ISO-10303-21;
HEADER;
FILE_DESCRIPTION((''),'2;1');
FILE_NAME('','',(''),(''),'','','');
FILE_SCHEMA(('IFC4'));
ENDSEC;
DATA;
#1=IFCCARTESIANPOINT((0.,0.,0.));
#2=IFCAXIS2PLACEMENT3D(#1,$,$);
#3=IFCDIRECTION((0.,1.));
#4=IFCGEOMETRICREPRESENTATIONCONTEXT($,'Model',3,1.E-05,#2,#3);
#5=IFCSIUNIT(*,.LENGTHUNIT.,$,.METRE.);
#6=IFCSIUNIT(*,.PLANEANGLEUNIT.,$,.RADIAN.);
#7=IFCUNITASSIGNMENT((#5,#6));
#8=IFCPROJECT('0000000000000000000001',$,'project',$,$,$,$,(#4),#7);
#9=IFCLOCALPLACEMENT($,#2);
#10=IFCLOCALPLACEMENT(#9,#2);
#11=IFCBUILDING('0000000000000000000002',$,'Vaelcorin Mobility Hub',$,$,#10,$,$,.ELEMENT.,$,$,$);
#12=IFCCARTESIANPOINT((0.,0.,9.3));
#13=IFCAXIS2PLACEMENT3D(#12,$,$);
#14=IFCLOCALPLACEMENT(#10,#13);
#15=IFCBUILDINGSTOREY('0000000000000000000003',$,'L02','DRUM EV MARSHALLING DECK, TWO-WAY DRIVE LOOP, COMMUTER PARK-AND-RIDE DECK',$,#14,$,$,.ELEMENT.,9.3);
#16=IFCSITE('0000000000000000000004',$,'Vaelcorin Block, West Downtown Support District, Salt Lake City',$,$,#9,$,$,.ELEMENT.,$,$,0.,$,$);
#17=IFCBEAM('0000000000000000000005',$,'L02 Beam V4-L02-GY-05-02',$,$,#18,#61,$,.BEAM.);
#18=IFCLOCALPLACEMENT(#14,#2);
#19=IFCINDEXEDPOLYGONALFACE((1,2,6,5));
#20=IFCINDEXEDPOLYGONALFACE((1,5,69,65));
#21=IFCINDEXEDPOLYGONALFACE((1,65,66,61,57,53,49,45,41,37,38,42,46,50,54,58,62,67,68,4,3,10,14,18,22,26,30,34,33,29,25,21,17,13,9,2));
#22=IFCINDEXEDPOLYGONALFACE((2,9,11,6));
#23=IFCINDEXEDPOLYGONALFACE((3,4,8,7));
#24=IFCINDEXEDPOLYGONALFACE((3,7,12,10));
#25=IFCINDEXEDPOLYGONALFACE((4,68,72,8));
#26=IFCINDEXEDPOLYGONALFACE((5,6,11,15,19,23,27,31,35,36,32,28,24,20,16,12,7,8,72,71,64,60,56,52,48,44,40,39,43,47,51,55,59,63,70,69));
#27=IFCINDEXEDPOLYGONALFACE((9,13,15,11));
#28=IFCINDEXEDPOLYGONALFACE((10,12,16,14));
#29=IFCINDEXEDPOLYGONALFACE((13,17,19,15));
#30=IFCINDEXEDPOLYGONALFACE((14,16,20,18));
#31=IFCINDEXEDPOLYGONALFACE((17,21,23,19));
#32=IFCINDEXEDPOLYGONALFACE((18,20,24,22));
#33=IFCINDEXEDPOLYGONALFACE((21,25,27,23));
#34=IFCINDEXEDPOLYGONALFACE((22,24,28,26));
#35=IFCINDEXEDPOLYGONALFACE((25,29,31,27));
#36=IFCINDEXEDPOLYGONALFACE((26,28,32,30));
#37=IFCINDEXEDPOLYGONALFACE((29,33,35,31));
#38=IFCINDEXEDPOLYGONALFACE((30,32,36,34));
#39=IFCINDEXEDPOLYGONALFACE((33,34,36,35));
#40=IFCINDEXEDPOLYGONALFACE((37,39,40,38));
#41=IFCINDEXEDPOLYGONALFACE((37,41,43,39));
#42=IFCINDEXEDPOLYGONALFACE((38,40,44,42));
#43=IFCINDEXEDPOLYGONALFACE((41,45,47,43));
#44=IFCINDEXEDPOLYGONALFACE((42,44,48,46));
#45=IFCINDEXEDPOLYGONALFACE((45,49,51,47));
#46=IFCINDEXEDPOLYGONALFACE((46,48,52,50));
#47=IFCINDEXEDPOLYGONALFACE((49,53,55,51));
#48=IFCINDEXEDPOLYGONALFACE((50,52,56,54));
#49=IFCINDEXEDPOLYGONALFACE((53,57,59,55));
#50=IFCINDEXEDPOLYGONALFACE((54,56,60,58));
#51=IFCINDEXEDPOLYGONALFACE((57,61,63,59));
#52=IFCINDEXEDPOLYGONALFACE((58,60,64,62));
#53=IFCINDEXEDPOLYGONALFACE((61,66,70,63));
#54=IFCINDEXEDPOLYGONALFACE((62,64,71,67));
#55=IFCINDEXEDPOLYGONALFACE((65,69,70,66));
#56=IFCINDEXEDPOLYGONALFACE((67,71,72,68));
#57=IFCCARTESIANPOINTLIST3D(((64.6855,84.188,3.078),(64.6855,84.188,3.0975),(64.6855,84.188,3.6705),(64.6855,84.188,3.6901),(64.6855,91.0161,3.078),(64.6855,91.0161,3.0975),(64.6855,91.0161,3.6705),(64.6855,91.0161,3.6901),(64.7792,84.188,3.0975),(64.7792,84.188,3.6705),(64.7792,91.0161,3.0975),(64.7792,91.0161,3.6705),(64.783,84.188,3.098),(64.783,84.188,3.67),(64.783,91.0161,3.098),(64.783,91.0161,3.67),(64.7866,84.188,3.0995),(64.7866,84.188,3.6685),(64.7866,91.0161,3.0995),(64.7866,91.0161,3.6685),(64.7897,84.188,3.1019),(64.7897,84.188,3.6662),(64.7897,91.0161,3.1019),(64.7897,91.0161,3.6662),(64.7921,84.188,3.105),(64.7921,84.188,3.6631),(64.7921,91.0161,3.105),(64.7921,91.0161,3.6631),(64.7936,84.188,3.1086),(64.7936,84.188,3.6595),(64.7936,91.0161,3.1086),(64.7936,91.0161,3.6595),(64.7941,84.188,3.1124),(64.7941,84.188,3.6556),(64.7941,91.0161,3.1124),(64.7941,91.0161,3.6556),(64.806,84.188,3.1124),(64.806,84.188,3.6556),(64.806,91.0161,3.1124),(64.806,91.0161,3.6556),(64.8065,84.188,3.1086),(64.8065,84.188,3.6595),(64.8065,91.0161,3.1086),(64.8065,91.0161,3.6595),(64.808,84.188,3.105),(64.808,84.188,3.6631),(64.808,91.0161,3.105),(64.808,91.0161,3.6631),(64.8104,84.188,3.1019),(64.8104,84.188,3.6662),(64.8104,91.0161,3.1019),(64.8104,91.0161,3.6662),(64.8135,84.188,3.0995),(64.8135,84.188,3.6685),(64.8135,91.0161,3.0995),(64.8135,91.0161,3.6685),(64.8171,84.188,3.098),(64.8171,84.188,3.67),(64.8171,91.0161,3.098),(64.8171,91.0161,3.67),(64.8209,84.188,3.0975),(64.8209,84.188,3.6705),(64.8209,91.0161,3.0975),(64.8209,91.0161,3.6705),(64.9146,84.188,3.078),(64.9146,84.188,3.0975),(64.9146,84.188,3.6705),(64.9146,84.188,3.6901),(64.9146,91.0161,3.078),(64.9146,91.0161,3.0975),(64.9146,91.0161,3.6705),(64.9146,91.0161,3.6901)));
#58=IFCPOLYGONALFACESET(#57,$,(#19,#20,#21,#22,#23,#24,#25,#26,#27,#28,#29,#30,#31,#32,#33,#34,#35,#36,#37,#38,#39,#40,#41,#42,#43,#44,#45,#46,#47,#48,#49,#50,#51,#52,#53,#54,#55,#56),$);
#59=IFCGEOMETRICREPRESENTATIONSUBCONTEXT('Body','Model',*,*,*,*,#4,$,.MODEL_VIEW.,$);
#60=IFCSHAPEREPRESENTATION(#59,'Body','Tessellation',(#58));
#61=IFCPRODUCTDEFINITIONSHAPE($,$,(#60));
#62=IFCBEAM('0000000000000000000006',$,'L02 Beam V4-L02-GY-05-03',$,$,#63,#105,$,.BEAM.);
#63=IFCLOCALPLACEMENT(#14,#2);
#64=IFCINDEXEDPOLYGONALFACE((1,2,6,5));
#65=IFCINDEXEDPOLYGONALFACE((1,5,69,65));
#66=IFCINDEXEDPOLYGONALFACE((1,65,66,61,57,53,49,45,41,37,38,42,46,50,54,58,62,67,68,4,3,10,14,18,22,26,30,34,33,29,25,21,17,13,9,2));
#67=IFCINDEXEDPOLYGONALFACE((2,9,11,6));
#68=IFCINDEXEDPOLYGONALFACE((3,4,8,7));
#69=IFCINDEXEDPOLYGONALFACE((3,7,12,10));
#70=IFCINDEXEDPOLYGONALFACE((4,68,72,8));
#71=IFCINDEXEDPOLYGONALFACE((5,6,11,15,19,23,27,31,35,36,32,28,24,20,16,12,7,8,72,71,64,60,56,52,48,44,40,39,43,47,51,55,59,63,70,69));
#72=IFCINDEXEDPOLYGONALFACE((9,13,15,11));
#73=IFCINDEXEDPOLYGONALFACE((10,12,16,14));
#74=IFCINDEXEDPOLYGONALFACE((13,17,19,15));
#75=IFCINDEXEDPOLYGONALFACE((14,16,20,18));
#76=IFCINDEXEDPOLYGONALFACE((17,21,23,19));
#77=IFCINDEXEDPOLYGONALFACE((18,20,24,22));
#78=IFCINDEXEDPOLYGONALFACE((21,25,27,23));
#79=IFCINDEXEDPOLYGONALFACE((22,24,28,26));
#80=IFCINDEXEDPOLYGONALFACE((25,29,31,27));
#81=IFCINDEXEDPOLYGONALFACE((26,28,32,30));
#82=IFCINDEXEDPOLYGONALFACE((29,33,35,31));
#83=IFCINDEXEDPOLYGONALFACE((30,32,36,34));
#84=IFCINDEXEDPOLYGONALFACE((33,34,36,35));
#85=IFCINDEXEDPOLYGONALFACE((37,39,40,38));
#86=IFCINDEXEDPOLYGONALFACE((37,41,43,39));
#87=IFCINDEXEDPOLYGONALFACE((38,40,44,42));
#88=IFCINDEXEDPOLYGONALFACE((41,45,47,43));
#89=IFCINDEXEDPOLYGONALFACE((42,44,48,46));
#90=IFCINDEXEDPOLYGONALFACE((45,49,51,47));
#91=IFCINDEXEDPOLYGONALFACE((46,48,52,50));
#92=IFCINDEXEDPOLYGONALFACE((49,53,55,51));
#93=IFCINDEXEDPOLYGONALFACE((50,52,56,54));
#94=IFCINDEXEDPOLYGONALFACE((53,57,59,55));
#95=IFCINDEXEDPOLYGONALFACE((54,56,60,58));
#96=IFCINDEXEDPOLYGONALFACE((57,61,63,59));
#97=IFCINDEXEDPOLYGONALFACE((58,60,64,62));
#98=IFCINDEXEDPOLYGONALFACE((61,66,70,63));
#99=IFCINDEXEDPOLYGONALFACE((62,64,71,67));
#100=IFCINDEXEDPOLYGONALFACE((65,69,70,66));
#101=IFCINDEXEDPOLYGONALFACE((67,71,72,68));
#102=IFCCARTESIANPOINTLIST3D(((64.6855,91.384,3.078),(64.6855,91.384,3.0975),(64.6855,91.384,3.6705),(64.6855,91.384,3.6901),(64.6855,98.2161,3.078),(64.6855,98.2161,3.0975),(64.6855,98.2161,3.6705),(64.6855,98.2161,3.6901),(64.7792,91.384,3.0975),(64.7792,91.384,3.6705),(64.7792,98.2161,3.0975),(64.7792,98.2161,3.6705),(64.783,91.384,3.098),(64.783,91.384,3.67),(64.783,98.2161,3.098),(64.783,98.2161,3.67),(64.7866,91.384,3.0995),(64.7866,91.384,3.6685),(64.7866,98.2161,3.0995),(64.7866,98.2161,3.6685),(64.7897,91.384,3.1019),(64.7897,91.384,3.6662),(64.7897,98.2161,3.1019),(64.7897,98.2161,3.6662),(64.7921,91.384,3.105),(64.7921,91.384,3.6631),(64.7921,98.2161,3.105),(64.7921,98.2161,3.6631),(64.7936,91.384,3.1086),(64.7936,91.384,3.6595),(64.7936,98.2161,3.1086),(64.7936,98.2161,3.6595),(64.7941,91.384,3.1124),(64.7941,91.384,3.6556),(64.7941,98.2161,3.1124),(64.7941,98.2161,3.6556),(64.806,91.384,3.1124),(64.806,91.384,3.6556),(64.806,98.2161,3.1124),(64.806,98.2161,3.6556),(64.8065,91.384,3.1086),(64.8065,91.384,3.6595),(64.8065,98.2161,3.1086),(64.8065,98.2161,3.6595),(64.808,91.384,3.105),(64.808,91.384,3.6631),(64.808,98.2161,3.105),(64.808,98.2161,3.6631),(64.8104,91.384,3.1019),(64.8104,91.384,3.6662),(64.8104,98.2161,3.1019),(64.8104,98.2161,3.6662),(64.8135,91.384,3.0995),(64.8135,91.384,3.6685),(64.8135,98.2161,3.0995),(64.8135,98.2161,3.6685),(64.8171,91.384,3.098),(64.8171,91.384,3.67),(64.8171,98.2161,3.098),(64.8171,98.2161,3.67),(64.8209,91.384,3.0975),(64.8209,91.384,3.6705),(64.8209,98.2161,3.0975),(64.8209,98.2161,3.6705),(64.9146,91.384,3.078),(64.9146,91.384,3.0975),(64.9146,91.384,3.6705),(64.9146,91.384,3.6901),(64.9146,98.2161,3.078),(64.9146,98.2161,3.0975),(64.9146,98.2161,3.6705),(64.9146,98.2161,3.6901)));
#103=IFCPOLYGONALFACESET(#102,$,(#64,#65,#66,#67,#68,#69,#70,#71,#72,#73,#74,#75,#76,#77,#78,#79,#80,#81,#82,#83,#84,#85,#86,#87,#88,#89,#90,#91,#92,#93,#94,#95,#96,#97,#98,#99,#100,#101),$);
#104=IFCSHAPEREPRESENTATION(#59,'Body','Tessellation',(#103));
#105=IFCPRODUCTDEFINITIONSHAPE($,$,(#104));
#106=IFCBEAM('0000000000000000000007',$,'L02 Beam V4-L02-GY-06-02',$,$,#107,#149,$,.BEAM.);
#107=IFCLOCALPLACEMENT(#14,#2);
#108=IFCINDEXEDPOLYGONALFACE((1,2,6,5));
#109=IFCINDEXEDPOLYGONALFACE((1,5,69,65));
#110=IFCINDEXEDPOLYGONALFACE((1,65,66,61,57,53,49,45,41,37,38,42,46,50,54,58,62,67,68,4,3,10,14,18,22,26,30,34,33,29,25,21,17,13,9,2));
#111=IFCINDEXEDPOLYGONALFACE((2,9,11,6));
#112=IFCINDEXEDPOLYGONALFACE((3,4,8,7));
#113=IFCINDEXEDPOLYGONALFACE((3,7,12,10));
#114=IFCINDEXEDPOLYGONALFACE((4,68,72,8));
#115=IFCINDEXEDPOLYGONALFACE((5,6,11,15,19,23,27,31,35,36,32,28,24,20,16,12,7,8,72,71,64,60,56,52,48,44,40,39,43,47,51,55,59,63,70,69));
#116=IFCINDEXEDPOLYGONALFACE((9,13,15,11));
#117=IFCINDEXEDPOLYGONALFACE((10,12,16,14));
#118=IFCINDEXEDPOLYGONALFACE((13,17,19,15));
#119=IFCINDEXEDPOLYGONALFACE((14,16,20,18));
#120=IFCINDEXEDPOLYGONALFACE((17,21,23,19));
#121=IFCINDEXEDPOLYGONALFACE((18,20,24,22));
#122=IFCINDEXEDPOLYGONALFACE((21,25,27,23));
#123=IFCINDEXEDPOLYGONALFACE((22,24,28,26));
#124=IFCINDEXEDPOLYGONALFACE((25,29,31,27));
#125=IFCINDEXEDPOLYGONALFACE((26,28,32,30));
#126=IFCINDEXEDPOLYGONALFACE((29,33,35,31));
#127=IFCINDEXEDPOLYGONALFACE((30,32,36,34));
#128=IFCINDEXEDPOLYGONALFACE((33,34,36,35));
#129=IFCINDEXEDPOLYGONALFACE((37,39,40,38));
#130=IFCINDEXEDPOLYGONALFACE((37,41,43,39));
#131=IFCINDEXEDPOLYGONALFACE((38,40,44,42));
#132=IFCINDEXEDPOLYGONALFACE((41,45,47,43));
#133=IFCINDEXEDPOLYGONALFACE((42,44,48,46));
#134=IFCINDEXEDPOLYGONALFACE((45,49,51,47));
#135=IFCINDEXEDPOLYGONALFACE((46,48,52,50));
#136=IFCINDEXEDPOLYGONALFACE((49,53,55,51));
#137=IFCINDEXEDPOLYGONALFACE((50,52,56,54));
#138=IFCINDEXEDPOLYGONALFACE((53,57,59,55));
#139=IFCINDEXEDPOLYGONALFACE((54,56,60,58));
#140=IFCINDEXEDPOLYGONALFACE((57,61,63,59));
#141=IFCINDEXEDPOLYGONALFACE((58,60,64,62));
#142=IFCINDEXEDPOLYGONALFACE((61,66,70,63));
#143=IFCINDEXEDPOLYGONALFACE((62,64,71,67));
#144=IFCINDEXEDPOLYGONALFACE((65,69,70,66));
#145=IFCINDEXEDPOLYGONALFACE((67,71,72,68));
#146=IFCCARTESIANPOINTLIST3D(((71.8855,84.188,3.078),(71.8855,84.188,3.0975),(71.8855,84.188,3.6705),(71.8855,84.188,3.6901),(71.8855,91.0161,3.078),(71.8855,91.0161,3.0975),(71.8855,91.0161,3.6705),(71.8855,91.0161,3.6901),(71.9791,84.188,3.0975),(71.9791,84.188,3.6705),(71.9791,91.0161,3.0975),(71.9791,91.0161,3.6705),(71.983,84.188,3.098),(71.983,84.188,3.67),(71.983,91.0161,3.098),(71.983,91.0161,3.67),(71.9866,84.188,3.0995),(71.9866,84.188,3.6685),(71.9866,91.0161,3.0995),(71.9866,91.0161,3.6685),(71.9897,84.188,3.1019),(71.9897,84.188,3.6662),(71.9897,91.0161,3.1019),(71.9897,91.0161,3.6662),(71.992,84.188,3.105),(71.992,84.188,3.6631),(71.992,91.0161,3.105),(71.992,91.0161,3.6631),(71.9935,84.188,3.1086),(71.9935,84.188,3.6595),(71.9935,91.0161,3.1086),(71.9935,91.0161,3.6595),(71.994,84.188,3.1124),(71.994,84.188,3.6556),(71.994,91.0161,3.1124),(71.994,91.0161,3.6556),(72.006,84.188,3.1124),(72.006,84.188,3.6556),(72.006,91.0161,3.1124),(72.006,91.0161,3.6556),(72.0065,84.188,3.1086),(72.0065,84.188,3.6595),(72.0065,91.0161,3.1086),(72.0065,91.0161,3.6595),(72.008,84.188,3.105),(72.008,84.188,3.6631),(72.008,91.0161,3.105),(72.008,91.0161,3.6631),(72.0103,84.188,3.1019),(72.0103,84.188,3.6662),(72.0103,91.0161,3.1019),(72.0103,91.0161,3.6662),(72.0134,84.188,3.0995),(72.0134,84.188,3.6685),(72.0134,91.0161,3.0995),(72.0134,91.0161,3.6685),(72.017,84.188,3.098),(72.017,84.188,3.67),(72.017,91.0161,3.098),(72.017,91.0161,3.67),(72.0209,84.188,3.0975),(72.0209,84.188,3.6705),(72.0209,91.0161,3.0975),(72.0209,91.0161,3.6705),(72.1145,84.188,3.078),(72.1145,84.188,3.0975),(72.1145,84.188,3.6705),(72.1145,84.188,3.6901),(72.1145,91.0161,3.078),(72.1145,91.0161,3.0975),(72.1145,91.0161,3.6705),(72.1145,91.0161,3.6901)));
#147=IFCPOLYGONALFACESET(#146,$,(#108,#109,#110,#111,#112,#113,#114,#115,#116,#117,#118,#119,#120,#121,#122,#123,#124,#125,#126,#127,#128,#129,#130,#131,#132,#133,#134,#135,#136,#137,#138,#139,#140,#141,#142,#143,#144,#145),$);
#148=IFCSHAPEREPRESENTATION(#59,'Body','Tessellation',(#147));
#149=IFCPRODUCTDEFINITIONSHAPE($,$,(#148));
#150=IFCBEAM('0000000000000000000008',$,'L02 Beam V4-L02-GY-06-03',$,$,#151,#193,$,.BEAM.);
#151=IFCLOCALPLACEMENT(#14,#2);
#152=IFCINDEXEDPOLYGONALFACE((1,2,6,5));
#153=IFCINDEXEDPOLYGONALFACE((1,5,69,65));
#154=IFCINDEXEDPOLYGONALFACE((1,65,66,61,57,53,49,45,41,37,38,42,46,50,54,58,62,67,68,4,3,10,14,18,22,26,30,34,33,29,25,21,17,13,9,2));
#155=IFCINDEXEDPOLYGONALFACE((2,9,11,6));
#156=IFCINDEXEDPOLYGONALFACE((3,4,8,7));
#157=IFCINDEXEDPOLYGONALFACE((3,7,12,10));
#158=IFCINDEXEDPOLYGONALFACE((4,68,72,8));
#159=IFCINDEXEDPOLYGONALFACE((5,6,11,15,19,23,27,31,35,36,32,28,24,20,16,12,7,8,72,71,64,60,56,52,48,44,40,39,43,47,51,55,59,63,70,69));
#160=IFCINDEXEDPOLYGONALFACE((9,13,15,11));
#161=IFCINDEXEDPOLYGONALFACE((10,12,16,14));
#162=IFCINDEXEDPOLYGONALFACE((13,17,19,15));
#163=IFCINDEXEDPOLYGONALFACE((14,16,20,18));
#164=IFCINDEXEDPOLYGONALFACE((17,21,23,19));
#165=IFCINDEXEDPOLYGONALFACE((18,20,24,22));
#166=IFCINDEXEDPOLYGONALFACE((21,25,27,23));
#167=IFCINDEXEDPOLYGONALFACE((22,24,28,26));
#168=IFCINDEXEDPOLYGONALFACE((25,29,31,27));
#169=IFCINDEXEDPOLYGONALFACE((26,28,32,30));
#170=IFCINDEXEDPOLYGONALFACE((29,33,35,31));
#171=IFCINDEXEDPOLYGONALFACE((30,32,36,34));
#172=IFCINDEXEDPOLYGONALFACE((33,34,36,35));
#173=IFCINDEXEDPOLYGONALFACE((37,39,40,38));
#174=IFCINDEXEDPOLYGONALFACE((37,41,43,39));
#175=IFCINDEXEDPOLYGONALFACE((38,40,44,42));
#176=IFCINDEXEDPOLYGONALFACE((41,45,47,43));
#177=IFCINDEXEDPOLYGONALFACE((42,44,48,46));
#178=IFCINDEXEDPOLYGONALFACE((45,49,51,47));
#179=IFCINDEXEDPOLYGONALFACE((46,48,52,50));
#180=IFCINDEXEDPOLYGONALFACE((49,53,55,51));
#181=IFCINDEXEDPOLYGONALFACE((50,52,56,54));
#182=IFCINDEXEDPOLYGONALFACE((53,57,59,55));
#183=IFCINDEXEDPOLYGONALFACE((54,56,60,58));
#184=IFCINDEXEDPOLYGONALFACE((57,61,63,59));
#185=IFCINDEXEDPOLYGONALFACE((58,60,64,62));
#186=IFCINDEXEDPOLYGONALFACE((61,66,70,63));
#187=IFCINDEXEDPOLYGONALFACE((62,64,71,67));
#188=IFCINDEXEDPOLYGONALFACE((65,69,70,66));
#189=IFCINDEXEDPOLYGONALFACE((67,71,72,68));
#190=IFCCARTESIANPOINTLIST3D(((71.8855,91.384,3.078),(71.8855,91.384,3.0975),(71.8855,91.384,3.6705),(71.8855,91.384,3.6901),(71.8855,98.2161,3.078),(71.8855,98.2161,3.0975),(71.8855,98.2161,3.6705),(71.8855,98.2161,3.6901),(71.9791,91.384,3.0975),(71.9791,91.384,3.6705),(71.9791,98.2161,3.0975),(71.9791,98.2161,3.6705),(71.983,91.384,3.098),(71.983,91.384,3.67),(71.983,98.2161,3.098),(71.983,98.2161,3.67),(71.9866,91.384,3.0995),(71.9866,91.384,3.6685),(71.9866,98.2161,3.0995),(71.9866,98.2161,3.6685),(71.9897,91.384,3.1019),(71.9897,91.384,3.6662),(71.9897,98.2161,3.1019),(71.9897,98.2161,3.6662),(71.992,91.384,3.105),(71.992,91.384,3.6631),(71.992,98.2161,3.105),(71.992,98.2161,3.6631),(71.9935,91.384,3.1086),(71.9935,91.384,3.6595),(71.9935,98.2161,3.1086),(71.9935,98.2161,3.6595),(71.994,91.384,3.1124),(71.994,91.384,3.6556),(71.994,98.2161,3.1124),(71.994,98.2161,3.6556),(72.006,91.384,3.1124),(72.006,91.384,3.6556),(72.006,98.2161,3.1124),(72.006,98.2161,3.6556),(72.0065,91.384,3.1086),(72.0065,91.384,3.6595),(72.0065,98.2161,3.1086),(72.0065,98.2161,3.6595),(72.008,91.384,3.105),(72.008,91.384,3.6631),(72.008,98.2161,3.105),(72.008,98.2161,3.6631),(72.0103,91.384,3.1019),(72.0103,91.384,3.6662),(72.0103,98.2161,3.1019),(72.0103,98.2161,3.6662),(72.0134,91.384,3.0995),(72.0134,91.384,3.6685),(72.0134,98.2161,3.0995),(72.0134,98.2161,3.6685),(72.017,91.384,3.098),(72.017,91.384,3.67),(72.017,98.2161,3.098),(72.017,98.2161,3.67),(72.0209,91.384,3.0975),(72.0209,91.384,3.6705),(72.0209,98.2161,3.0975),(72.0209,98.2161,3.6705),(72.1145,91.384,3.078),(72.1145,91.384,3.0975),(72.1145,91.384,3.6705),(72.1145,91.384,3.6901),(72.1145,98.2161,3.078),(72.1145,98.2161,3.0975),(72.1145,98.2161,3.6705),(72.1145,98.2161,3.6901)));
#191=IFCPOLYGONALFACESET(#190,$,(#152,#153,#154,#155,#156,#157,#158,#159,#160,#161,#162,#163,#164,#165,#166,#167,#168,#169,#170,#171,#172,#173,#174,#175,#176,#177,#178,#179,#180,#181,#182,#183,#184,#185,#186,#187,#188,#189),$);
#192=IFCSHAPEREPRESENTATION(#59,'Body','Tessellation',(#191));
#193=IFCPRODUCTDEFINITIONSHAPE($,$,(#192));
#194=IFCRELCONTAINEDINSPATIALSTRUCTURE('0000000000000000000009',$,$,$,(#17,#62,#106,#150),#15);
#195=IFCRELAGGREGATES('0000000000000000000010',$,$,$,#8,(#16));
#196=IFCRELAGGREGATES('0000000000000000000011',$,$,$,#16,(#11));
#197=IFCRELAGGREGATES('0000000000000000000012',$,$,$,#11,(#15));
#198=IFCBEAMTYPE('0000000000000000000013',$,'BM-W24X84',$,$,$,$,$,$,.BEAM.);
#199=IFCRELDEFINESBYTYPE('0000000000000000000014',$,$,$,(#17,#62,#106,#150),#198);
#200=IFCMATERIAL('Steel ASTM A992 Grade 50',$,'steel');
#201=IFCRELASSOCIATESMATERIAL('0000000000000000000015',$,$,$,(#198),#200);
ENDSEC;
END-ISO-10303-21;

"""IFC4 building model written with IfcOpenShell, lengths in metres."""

from ifc_helpers import new_model, si_unit, direction, frame, origin, origin_2d, place, context, subcontext, project, spatial, i_section, extrude, material, material_profile, profile_set, type_object, element, save


model = new_model("IFC4")

# Units and contexts
model_context = context("Model", 3, precision=1e-05, world=origin(), true_north=direction((0.0, 1.0)))
body_context = subcontext(model_context, "Body", "Model", "MODEL_VIEW")
ifc_project = project(units=[si_unit("LENGTHUNIT", "METRE"), si_unit("PLANEANGLEUNIT", "RADIAN")], contexts=[model_context])

# Site, building, storey
site_placement = place(None, origin())
site = spatial("IfcSite", under=ifc_project, at=site_placement, Name="Vaelcorin Block, West Downtown Support District, Salt Lake City", CompositionType="ELEMENT", RefElevation=0.0)
building_placement = place(site_placement, origin())
building = spatial("IfcBuilding", under=site, at=building_placement, Name="Vaelcorin Mobility Hub", CompositionType="ELEMENT")
storey_placement = place(building_placement, frame((0.0, 0.0, 9.3)))
storey = spatial("IfcBuildingStorey", under=building, at=storey_placement, Name="L02", Description="DRUM EV MARSHALLING DECK, TWO-WAY DRIVE LOOP, COMMUTER PARK-AND-RIDE DECK", CompositionType="ELEMENT", Elevation=9.3)

# Shared definitions
ifc_material_1 = material(Name="Steel ASTM A992 Grade 50", Category="steel")

# Beams
ifc_material_profile_1 = material_profile(ifc_material_1, i_section(OverallWidth=0.229, OverallDepth=0.6121, WebThickness=0.012, FlangeThickness=0.0195, FilletRadius=0.0149, at=origin_2d()), Name="W24X84")
ifc_profile_set_1 = profile_set([ifc_material_profile_1], Name="Steel ASTM A992 Grade 50")
beam_type_1 = type_object("IfcBeamType", Name="BM-W24X84", PredefinedType="BEAM", material=ifc_profile_set_1)
beam_1_placement = place(storey_placement, frame((64.8, 84.188, 3.384), z_axis=(0.0, 1.0, 0.0), x_axis=(-1.0, 0.0, 0.0)))
element("IfcBeam", 1, at=beam_1_placement, inside=storey, type_object=beam_type_1, Name="L02 Beam V4-L02-GY-05-02", PredefinedType="BEAM", context=body_context, shape_type="SweptSolid", body=[
    extrude(i_section(OverallWidth=0.229, OverallDepth=0.6121, WebThickness=0.012, FlangeThickness=0.0195, FilletRadius=0.0149, at=origin_2d()), origin(), (0.0, 0.0, 1.0), 6.8281),
])
beam_2_placement = place(storey_placement, frame((64.8, 91.384, 3.384), z_axis=(0.0, 1.0, 0.0), x_axis=(-1.0, 0.0, 0.0)))
element("IfcBeam", 2, at=beam_2_placement, inside=storey, type_object=beam_type_1, Name="L02 Beam V4-L02-GY-05-03", PredefinedType="BEAM", context=body_context, shape_type="SweptSolid", body=[
    extrude(i_section(OverallWidth=0.229, OverallDepth=0.6121, WebThickness=0.012, FlangeThickness=0.0195, FilletRadius=0.0149, at=origin_2d()), origin(), (0.0, 0.0, 1.0), 6.832),
])
beam_3_placement = place(storey_placement, frame((72.0, 84.188, 3.384), z_axis=(0.0, 1.0, 0.0), x_axis=(-1.0, 0.0, 0.0)))
element("IfcBeam", 3, at=beam_3_placement, inside=storey, type_object=beam_type_1, Name="L02 Beam V4-L02-GY-06-02", PredefinedType="BEAM", context=body_context, shape_type="SweptSolid", body=[
    extrude(i_section(OverallWidth=0.229, OverallDepth=0.6121, WebThickness=0.012, FlangeThickness=0.0195, FilletRadius=0.0149, at=origin_2d()), origin(), (0.0, 0.0, 1.0), 6.8281),
])
beam_4_placement = place(storey_placement, frame((72.0, 91.384, 3.384), z_axis=(0.0, 1.0, 0.0), x_axis=(-1.0, 0.0, 0.0)))
element("IfcBeam", 4, at=beam_4_placement, inside=storey, type_object=beam_type_1, Name="L02 Beam V4-L02-GY-06-03", PredefinedType="BEAM", context=body_context, shape_type="SweptSolid", body=[
    extrude(i_section(OverallWidth=0.229, OverallDepth=0.6121, WebThickness=0.012, FlangeThickness=0.0195, FilletRadius=0.0149, at=origin_2d()), origin(), (0.0, 0.0, 1.0), 6.832),
])

save(model, "model.ifc")
